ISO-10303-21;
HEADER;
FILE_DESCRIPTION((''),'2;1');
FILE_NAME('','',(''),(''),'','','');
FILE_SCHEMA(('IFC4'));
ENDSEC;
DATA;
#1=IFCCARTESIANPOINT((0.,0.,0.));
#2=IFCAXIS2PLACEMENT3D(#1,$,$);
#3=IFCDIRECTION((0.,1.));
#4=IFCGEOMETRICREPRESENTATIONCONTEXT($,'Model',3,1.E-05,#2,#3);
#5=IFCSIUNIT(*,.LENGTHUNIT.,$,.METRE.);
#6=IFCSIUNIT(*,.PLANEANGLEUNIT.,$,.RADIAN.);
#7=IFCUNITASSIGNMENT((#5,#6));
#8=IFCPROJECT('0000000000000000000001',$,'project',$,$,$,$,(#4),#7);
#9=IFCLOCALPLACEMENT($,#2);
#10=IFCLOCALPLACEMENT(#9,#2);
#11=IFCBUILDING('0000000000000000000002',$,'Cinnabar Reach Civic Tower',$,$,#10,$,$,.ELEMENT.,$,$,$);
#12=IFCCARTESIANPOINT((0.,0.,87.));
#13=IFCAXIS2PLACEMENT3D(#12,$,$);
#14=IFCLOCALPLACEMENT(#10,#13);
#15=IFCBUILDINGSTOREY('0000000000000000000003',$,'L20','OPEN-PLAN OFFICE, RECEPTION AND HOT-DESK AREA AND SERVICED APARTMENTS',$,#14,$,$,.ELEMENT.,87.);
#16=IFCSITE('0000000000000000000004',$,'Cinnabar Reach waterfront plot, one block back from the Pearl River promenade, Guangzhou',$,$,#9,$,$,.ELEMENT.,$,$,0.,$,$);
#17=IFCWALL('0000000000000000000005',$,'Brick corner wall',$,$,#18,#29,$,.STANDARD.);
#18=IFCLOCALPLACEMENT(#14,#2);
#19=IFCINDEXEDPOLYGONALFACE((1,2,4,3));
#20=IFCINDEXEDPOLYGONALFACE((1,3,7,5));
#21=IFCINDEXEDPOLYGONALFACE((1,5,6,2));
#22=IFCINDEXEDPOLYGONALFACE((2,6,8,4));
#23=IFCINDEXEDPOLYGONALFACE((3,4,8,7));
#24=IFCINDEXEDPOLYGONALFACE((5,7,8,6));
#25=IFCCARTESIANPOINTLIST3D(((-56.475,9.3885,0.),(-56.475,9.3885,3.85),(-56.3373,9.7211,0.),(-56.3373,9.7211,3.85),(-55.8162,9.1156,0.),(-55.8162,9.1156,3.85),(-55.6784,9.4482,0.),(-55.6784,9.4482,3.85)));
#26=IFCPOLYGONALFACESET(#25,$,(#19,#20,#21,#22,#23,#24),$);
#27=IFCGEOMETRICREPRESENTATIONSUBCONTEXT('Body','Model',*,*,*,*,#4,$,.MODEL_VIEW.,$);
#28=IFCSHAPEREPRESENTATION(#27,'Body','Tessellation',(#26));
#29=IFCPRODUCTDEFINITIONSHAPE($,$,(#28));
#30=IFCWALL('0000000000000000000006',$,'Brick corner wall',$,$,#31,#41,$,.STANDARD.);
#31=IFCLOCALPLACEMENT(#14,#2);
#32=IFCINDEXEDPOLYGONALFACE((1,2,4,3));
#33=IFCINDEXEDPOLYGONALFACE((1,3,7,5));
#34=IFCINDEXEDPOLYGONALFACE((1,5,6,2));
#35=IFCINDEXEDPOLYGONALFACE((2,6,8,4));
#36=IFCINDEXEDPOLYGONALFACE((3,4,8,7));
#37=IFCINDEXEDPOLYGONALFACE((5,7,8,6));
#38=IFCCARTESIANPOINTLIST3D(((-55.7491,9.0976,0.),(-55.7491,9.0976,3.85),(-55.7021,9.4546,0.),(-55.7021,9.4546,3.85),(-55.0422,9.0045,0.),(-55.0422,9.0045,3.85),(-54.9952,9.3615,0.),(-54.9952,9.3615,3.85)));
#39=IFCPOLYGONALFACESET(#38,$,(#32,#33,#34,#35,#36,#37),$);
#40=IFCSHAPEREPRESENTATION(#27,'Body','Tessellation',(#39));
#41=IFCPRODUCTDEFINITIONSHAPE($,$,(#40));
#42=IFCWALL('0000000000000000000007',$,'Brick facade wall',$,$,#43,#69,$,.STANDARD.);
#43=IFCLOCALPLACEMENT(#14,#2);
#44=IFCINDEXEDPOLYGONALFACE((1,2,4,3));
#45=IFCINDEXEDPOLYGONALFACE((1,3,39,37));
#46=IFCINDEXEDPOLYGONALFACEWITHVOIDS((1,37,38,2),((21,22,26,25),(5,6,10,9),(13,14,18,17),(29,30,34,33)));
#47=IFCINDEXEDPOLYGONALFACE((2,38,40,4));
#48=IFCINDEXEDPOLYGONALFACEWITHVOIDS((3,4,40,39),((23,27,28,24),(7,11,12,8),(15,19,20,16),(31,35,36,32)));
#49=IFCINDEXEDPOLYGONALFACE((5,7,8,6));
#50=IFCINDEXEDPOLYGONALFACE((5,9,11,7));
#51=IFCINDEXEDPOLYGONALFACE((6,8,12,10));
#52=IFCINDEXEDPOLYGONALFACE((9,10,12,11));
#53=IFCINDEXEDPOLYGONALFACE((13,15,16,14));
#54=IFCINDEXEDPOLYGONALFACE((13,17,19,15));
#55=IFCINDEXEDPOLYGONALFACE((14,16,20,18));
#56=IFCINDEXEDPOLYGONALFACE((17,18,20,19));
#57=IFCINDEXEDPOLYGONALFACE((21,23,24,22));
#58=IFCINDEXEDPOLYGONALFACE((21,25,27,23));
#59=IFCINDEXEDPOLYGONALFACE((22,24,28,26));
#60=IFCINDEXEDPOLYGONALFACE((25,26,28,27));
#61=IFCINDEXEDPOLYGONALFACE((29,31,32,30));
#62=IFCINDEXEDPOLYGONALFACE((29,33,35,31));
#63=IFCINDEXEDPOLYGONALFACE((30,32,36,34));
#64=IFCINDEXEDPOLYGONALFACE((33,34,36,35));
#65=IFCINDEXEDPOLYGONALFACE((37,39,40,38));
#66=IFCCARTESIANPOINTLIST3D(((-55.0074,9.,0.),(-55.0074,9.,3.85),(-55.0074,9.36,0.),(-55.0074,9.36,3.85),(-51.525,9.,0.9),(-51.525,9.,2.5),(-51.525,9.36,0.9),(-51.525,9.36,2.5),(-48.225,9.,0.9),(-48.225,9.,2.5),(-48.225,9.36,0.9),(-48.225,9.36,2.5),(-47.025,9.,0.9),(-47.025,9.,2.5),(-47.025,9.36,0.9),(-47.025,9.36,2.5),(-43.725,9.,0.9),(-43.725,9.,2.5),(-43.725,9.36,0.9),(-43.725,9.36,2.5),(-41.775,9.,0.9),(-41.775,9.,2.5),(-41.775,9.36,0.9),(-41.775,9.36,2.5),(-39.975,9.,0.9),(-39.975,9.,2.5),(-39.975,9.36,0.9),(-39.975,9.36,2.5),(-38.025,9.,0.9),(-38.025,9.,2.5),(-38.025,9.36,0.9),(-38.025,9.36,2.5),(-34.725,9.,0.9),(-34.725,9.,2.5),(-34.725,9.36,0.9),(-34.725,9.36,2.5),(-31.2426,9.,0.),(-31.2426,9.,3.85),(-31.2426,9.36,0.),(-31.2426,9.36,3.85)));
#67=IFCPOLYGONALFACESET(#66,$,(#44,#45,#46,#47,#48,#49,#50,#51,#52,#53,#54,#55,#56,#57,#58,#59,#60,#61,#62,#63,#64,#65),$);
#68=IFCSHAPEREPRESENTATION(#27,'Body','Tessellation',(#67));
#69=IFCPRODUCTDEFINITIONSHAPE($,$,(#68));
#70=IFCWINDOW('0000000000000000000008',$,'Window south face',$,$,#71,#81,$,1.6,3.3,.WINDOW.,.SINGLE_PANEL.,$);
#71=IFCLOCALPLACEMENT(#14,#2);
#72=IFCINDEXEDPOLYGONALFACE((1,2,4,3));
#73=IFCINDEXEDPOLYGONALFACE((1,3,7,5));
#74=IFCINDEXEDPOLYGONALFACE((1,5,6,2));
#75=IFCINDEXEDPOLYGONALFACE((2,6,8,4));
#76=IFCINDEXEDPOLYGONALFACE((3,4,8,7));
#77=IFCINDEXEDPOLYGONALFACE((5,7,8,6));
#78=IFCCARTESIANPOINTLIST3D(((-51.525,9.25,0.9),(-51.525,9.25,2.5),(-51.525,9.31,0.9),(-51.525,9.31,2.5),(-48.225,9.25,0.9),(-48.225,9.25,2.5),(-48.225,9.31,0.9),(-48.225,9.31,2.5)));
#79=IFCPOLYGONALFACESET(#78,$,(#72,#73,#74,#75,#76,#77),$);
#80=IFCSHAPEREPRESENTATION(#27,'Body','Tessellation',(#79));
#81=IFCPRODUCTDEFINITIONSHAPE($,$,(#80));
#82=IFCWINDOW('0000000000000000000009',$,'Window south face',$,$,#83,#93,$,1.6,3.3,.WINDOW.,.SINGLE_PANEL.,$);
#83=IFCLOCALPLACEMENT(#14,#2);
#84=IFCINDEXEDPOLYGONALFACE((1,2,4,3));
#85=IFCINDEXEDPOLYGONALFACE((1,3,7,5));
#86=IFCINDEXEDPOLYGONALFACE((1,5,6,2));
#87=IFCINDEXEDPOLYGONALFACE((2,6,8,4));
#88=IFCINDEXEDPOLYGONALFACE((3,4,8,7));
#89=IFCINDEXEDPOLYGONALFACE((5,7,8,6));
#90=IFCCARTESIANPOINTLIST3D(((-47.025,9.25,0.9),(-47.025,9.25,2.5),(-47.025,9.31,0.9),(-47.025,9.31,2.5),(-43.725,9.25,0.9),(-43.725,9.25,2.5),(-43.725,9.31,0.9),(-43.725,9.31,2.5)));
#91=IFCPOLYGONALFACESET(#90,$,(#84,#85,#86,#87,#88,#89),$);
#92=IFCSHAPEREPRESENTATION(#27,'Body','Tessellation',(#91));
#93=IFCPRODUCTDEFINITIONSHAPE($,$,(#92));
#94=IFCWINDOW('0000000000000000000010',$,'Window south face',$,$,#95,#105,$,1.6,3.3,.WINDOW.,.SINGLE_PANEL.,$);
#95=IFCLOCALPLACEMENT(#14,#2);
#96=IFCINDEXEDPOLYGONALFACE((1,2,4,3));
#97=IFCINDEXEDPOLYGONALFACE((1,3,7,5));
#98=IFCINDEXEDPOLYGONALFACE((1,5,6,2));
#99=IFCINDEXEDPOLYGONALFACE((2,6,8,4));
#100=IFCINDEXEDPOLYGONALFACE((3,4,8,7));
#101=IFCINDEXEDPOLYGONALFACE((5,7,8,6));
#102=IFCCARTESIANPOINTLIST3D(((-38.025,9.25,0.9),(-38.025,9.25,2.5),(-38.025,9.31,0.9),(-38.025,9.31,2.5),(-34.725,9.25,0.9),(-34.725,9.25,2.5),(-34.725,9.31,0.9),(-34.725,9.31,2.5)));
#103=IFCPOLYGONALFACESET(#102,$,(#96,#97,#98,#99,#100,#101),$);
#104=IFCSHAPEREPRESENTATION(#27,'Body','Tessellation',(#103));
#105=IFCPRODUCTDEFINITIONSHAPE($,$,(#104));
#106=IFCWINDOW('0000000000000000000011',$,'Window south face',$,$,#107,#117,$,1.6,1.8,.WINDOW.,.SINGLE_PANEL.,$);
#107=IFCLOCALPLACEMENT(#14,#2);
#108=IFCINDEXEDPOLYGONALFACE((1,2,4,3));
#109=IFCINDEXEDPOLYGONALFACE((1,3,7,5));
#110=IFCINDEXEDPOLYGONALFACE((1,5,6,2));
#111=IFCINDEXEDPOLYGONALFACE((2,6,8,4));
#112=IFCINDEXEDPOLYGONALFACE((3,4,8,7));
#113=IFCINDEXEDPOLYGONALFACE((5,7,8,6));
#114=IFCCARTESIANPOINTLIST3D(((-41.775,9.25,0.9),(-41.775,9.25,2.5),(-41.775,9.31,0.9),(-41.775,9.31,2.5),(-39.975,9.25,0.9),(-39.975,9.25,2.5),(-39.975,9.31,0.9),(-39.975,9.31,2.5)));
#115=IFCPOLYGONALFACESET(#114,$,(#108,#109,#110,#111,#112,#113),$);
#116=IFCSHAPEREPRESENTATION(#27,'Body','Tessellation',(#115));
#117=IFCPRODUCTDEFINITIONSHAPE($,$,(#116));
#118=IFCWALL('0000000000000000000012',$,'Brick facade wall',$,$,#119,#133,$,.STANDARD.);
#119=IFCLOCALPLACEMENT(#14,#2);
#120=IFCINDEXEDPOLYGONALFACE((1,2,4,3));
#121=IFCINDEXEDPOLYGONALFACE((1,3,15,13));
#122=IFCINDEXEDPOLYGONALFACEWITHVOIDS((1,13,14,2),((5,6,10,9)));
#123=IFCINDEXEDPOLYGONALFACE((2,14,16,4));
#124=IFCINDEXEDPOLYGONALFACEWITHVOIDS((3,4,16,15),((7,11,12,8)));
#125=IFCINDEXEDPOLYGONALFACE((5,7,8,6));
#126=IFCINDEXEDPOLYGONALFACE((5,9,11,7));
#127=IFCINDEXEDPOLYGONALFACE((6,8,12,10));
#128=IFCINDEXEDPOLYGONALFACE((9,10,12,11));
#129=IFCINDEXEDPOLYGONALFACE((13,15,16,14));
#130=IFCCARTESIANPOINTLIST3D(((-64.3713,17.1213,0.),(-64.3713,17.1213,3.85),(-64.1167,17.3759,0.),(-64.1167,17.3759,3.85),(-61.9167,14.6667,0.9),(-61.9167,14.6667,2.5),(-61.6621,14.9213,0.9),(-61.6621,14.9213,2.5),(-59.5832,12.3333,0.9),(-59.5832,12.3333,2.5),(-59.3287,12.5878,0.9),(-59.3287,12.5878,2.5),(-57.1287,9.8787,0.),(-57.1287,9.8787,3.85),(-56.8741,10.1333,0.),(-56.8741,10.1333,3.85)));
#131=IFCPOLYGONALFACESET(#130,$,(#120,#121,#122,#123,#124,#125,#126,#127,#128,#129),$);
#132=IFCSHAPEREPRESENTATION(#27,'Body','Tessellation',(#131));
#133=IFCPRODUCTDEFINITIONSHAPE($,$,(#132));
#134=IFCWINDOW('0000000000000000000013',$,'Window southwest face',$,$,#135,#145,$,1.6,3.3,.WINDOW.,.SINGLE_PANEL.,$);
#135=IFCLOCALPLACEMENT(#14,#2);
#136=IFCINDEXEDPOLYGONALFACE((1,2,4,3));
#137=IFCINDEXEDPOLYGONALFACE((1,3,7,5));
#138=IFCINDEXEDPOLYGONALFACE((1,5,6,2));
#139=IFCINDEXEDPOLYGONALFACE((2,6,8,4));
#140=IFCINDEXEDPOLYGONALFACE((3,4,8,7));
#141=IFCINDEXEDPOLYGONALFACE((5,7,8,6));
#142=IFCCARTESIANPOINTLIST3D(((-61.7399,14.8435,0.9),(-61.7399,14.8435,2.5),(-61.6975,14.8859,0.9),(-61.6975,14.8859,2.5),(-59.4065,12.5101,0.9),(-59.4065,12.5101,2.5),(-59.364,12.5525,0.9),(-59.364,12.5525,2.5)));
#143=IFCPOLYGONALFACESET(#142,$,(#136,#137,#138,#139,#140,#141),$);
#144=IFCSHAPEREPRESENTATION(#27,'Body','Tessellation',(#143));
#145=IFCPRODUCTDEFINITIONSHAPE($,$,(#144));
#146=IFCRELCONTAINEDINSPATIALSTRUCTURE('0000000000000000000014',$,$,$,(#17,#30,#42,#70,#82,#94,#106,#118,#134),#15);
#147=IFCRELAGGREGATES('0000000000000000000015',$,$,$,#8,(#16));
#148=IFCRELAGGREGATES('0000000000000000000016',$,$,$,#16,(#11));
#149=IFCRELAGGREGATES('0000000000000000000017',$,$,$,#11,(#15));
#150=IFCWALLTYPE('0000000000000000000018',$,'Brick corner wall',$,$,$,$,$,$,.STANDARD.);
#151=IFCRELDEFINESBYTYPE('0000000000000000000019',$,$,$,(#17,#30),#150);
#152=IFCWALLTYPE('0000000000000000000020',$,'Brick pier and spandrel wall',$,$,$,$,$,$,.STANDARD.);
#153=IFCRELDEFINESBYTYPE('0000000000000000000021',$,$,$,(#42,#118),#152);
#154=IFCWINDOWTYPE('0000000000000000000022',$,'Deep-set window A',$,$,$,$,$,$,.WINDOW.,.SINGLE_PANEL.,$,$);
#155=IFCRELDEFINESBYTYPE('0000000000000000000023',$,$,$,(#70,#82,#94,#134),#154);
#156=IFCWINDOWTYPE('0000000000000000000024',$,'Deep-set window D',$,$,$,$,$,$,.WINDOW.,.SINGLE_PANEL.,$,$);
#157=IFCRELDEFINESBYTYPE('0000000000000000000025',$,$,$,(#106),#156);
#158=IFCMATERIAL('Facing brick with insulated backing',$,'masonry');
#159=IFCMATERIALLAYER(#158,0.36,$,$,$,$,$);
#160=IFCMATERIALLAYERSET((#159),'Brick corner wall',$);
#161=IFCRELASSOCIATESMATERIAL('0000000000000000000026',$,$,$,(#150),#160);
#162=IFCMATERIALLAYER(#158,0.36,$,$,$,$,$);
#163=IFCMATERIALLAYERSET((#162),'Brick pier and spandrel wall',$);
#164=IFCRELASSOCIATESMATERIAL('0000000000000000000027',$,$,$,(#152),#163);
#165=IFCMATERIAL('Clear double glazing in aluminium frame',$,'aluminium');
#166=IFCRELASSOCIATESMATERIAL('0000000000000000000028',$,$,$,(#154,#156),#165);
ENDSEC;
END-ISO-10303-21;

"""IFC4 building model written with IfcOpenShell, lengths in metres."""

from ifc_helpers import new_model, si_unit, direction, frame, frame_2d, origin, place, context, subcontext, project, spatial, rectangle, extrude, material, layer, layer_set, type_object, element, fill, save


model = new_model("IFC4")

# Units and contexts
model_context = context("Model", 3, precision=1e-05, world=origin(), true_north=direction((0.0, 1.0)))
body_context = subcontext(model_context, "Body", "Model", "MODEL_VIEW")
ifc_project = project(units=[si_unit("LENGTHUNIT", "METRE"), si_unit("PLANEANGLEUNIT", "RADIAN")], contexts=[model_context])

# Site, building, storey
site_placement = place(None, origin())
site = spatial("IfcSite", under=ifc_project, at=site_placement, Name="Cinnabar Reach waterfront plot, one block back from the Pearl River promenade, Guangzhou", CompositionType="ELEMENT", RefElevation=0.0)
building_placement = place(site_placement, origin())
building = spatial("IfcBuilding", under=site, at=building_placement, Name="Cinnabar Reach Civic Tower", CompositionType="ELEMENT")
storey_placement = place(building_placement, frame((0.0, 0.0, 87.0)))
storey = spatial("IfcBuildingStorey", under=building, at=storey_placement, Name="L20", Description="OPEN-PLAN OFFICE, RECEPTION AND HOT-DESK AREA AND SERVICED APARTMENTS", CompositionType="ELEMENT", Elevation=87.0)

# Walls
ifc_material_1 = material(Name="Facing brick with insulated backing", Category="masonry")
ifc_layer_1 = layer(ifc_material_1, 0.36)
ifc_layer_set_1 = layer_set([ifc_layer_1], Name="Brick corner wall")
wall_type_1 = type_object("IfcWallType", Name="Brick corner wall", PredefinedType="STANDARD", material=ifc_layer_set_1)
for number, where, z_axis, x_axis, name in (
    (1, (-56.4061, 9.5548, 0.0), (0.0, 0.0, 1.0), (0.923872, -0.382703, 0.0), "Brick corner wall"),
    (2, (-55.7256, 9.2761, 0.0), (0.0, 0.0, 1.0), (0.991441, -0.130556, 0.0), "Brick corner wall"),
):
    element("IfcWall", number, at=place(storey_placement, frame(where, z_axis=z_axis, x_axis=x_axis)), inside=storey, type_object=wall_type_1, Name=name, PredefinedType="STANDARD", context=body_context, shape_type="SweptSolid", body=[
        extrude(rectangle(XDim=0.7131, YDim=0.36, at=frame_2d((0.3565, 0.0))), origin(), (0.0, 0.0, 1.0), 3.85),
    ])

# Wall, openings, windows
ifc_layer_2 = layer(ifc_material_1, 0.36)
ifc_layer_set_2 = layer_set([ifc_layer_2], Name="Brick pier and spandrel wall")
wall_type_2 = type_object("IfcWallType", Name="Brick pier and spandrel wall", PredefinedType="STANDARD", material=ifc_layer_set_2)
wall_1_placement = place(storey_placement, frame((-55.0074, 9.18, 0.0), z_axis=(0.0, 0.0, 1.0), x_axis=(1.0, 0.0, 0.0)))
wall_1 = element("IfcWall", 3, at=wall_1_placement, inside=storey, type_object=wall_type_2, Name="Brick facade wall", PredefinedType="STANDARD", context=body_context, shape_type="SweptSolid", body=[
    extrude(rectangle(XDim=23.7648, YDim=0.36, at=frame_2d((11.8824, 0.0))), origin(), (0.0, 0.0, 1.0), 3.85),
])
opening_1_placement = place(wall_1_placement, frame((3.4824, 0.0, 0.9)))
opening_1 = element("IfcOpeningElement", 4, at=opening_1_placement, cuts=wall_1, PredefinedType="OPENING", context=body_context, shape_type="SweptSolid", body=[
    extrude(rectangle(XDim=3.3, YDim=1.6, at=frame_2d((1.65, 0.8))), frame((0.0, 0.19, 0.0), z_axis=(0.0, -1.0, 0.0), x_axis=(1.0, 0.0, 0.0)), (0.0, 0.0, 1.0), 0.38),
])
opening_2_placement = place(wall_1_placement, frame((7.9824, 0.0, 0.9)))
opening_2 = element("IfcOpeningElement", 5, at=opening_2_placement, cuts=wall_1, PredefinedType="OPENING", context=body_context, shape_type="SweptSolid", body=[
    extrude(rectangle(XDim=3.3, YDim=1.6, at=frame_2d((1.65, 0.8))), frame((0.0, 0.19, 0.0), z_axis=(0.0, -1.0, 0.0), x_axis=(1.0, 0.0, 0.0)), (0.0, 0.0, 1.0), 0.38),
])
opening_3_placement = place(wall_1_placement, frame((13.2324, 0.0, 0.9)))
opening_3 = element("IfcOpeningElement", 6, at=opening_3_placement, cuts=wall_1, PredefinedType="OPENING", context=body_context, shape_type="SweptSolid", body=[
    extrude(rectangle(XDim=1.8, YDim=1.6, at=frame_2d((0.9, 0.8))), frame((0.0, 0.19, 0.0), z_axis=(0.0, -1.0, 0.0), x_axis=(1.0, 0.0, 0.0)), (0.0, 0.0, 1.0), 0.38),
])
opening_4_placement = place(wall_1_placement, frame((16.9824, 0.0, 0.9)))
opening_4 = element("IfcOpeningElement", 7, at=opening_4_placement, cuts=wall_1, PredefinedType="OPENING", context=body_context, shape_type="SweptSolid", body=[
    extrude(rectangle(XDim=3.3, YDim=1.6, at=frame_2d((1.65, 0.8))), frame((0.0, 0.19, 0.0), z_axis=(0.0, -1.0, 0.0), x_axis=(1.0, 0.0, 0.0)), (0.0, 0.0, 1.0), 0.38),
])
ifc_material_2 = material(Name="Clear double glazing in aluminium frame", Category="aluminium")
window_type_1 = type_object("IfcWindowType", Name="Deep-set window A", PartitioningType="SINGLE_PANEL", PredefinedType="WINDOW", material=ifc_material_2)
window_1_placement = place(opening_1_placement, origin())
window_1 = element("IfcWindow", 8, at=window_1_placement, inside=storey, type_object=window_type_1, Name="Window south face", OverallHeight=1.6, OverallWidth=3.3, PartitioningType="SINGLE_PANEL", PredefinedType="WINDOW", context=body_context, shape_type="SweptSolid", body=[
    extrude(rectangle(XDim=3.3, YDim=1.6, at=frame_2d((1.65, 0.8))), frame((0.0, 0.13, 0.0), z_axis=(0.0, -1.0, 0.0), x_axis=(1.0, 0.0, 0.0)), (0.0, 0.0, 1.0), 0.06),
])
fill(opening_1, window_1)
window_2_placement = place(opening_2_placement, origin())
window_2 = element("IfcWindow", 9, at=window_2_placement, inside=storey, type_object=window_type_1, Name="Window south face", OverallHeight=1.6, OverallWidth=3.3, PartitioningType="SINGLE_PANEL", PredefinedType="WINDOW", context=body_context, shape_type="SweptSolid", body=[
    extrude(rectangle(XDim=3.3, YDim=1.6, at=frame_2d((1.65, 0.8))), frame((0.0, 0.13, 0.0), z_axis=(0.0, -1.0, 0.0), x_axis=(1.0, 0.0, 0.0)), (0.0, 0.0, 1.0), 0.06),
])
fill(opening_2, window_2)
window_3_placement = place(opening_4_placement, origin())
window_3 = element("IfcWindow", 10, at=window_3_placement, inside=storey, type_object=window_type_1, Name="Window south face", OverallHeight=1.6, OverallWidth=3.3, PartitioningType="SINGLE_PANEL", PredefinedType="WINDOW", context=body_context, shape_type="SweptSolid", body=[
    extrude(rectangle(XDim=3.3, YDim=1.6, at=frame_2d((1.65, 0.8))), frame((0.0, 0.13, 0.0), z_axis=(0.0, -1.0, 0.0), x_axis=(1.0, 0.0, 0.0)), (0.0, 0.0, 1.0), 0.06),
])
fill(opening_4, window_3)
window_type_2 = type_object("IfcWindowType", Name="Deep-set window D", PartitioningType="SINGLE_PANEL", PredefinedType="WINDOW", material=ifc_material_2)
window_4_placement = place(opening_3_placement, origin())
window_4 = element("IfcWindow", 11, at=window_4_placement, inside=storey, type_object=window_type_2, Name="Window south face", OverallHeight=1.6, OverallWidth=1.8, PartitioningType="SINGLE_PANEL", PredefinedType="WINDOW", context=body_context, shape_type="SweptSolid", body=[
    extrude(rectangle(XDim=1.8, YDim=1.6, at=frame_2d((0.9, 0.8))), frame((0.0, 0.13, 0.0), z_axis=(0.0, -1.0, 0.0), x_axis=(1.0, 0.0, 0.0)), (0.0, 0.0, 1.0), 0.06),
])
fill(opening_3, window_4)

# Wall, opening, window
wall_2_placement = place(storey_placement, frame((-64.244, 17.2486, 0.0), z_axis=(0.0, 0.0, 1.0), x_axis=(0.707107, -0.707107, 0.0)))
wall_2 = element("IfcWall", 12, at=wall_2_placement, inside=storey, type_object=wall_type_2, Name="Brick facade wall", PredefinedType="STANDARD", context=body_context, shape_type="SweptSolid", body=[
    extrude(rectangle(XDim=10.2426, YDim=0.36, at=frame_2d((5.1213, 0.0))), origin(), (0.0, 0.0, 1.0), 3.85),
])
opening_5_placement = place(wall_2_placement, frame((3.4713, 0.0, 0.9)))
opening_5 = element("IfcOpeningElement", 13, at=opening_5_placement, cuts=wall_2, PredefinedType="OPENING", context=body_context, shape_type="SweptSolid", body=[
    extrude(rectangle(XDim=3.3, YDim=1.6, at=frame_2d((1.65, 0.8))), frame((0.0, 0.19, 0.0), z_axis=(0.0, -1.0, 0.0), x_axis=(1.0, 0.0, 0.0)), (0.0, 0.0, 1.0), 0.38),
])
window_5_placement = place(opening_5_placement, origin())
window_5 = element("IfcWindow", 14, at=window_5_placement, inside=storey, type_object=window_type_1, Name="Window southwest face", OverallHeight=1.6, OverallWidth=3.3, PartitioningType="SINGLE_PANEL", PredefinedType="WINDOW", context=body_context, shape_type="SweptSolid", body=[
    extrude(rectangle(XDim=3.3, YDim=1.6, at=frame_2d((1.65, 0.8))), frame((0.0, 0.13, 0.0), z_axis=(0.0, -1.0, 0.0), x_axis=(1.0, 0.0, 0.0)), (0.0, 0.0, 1.0), 0.06),
])
fill(opening_5, window_5)

save(model, "model.ifc")
